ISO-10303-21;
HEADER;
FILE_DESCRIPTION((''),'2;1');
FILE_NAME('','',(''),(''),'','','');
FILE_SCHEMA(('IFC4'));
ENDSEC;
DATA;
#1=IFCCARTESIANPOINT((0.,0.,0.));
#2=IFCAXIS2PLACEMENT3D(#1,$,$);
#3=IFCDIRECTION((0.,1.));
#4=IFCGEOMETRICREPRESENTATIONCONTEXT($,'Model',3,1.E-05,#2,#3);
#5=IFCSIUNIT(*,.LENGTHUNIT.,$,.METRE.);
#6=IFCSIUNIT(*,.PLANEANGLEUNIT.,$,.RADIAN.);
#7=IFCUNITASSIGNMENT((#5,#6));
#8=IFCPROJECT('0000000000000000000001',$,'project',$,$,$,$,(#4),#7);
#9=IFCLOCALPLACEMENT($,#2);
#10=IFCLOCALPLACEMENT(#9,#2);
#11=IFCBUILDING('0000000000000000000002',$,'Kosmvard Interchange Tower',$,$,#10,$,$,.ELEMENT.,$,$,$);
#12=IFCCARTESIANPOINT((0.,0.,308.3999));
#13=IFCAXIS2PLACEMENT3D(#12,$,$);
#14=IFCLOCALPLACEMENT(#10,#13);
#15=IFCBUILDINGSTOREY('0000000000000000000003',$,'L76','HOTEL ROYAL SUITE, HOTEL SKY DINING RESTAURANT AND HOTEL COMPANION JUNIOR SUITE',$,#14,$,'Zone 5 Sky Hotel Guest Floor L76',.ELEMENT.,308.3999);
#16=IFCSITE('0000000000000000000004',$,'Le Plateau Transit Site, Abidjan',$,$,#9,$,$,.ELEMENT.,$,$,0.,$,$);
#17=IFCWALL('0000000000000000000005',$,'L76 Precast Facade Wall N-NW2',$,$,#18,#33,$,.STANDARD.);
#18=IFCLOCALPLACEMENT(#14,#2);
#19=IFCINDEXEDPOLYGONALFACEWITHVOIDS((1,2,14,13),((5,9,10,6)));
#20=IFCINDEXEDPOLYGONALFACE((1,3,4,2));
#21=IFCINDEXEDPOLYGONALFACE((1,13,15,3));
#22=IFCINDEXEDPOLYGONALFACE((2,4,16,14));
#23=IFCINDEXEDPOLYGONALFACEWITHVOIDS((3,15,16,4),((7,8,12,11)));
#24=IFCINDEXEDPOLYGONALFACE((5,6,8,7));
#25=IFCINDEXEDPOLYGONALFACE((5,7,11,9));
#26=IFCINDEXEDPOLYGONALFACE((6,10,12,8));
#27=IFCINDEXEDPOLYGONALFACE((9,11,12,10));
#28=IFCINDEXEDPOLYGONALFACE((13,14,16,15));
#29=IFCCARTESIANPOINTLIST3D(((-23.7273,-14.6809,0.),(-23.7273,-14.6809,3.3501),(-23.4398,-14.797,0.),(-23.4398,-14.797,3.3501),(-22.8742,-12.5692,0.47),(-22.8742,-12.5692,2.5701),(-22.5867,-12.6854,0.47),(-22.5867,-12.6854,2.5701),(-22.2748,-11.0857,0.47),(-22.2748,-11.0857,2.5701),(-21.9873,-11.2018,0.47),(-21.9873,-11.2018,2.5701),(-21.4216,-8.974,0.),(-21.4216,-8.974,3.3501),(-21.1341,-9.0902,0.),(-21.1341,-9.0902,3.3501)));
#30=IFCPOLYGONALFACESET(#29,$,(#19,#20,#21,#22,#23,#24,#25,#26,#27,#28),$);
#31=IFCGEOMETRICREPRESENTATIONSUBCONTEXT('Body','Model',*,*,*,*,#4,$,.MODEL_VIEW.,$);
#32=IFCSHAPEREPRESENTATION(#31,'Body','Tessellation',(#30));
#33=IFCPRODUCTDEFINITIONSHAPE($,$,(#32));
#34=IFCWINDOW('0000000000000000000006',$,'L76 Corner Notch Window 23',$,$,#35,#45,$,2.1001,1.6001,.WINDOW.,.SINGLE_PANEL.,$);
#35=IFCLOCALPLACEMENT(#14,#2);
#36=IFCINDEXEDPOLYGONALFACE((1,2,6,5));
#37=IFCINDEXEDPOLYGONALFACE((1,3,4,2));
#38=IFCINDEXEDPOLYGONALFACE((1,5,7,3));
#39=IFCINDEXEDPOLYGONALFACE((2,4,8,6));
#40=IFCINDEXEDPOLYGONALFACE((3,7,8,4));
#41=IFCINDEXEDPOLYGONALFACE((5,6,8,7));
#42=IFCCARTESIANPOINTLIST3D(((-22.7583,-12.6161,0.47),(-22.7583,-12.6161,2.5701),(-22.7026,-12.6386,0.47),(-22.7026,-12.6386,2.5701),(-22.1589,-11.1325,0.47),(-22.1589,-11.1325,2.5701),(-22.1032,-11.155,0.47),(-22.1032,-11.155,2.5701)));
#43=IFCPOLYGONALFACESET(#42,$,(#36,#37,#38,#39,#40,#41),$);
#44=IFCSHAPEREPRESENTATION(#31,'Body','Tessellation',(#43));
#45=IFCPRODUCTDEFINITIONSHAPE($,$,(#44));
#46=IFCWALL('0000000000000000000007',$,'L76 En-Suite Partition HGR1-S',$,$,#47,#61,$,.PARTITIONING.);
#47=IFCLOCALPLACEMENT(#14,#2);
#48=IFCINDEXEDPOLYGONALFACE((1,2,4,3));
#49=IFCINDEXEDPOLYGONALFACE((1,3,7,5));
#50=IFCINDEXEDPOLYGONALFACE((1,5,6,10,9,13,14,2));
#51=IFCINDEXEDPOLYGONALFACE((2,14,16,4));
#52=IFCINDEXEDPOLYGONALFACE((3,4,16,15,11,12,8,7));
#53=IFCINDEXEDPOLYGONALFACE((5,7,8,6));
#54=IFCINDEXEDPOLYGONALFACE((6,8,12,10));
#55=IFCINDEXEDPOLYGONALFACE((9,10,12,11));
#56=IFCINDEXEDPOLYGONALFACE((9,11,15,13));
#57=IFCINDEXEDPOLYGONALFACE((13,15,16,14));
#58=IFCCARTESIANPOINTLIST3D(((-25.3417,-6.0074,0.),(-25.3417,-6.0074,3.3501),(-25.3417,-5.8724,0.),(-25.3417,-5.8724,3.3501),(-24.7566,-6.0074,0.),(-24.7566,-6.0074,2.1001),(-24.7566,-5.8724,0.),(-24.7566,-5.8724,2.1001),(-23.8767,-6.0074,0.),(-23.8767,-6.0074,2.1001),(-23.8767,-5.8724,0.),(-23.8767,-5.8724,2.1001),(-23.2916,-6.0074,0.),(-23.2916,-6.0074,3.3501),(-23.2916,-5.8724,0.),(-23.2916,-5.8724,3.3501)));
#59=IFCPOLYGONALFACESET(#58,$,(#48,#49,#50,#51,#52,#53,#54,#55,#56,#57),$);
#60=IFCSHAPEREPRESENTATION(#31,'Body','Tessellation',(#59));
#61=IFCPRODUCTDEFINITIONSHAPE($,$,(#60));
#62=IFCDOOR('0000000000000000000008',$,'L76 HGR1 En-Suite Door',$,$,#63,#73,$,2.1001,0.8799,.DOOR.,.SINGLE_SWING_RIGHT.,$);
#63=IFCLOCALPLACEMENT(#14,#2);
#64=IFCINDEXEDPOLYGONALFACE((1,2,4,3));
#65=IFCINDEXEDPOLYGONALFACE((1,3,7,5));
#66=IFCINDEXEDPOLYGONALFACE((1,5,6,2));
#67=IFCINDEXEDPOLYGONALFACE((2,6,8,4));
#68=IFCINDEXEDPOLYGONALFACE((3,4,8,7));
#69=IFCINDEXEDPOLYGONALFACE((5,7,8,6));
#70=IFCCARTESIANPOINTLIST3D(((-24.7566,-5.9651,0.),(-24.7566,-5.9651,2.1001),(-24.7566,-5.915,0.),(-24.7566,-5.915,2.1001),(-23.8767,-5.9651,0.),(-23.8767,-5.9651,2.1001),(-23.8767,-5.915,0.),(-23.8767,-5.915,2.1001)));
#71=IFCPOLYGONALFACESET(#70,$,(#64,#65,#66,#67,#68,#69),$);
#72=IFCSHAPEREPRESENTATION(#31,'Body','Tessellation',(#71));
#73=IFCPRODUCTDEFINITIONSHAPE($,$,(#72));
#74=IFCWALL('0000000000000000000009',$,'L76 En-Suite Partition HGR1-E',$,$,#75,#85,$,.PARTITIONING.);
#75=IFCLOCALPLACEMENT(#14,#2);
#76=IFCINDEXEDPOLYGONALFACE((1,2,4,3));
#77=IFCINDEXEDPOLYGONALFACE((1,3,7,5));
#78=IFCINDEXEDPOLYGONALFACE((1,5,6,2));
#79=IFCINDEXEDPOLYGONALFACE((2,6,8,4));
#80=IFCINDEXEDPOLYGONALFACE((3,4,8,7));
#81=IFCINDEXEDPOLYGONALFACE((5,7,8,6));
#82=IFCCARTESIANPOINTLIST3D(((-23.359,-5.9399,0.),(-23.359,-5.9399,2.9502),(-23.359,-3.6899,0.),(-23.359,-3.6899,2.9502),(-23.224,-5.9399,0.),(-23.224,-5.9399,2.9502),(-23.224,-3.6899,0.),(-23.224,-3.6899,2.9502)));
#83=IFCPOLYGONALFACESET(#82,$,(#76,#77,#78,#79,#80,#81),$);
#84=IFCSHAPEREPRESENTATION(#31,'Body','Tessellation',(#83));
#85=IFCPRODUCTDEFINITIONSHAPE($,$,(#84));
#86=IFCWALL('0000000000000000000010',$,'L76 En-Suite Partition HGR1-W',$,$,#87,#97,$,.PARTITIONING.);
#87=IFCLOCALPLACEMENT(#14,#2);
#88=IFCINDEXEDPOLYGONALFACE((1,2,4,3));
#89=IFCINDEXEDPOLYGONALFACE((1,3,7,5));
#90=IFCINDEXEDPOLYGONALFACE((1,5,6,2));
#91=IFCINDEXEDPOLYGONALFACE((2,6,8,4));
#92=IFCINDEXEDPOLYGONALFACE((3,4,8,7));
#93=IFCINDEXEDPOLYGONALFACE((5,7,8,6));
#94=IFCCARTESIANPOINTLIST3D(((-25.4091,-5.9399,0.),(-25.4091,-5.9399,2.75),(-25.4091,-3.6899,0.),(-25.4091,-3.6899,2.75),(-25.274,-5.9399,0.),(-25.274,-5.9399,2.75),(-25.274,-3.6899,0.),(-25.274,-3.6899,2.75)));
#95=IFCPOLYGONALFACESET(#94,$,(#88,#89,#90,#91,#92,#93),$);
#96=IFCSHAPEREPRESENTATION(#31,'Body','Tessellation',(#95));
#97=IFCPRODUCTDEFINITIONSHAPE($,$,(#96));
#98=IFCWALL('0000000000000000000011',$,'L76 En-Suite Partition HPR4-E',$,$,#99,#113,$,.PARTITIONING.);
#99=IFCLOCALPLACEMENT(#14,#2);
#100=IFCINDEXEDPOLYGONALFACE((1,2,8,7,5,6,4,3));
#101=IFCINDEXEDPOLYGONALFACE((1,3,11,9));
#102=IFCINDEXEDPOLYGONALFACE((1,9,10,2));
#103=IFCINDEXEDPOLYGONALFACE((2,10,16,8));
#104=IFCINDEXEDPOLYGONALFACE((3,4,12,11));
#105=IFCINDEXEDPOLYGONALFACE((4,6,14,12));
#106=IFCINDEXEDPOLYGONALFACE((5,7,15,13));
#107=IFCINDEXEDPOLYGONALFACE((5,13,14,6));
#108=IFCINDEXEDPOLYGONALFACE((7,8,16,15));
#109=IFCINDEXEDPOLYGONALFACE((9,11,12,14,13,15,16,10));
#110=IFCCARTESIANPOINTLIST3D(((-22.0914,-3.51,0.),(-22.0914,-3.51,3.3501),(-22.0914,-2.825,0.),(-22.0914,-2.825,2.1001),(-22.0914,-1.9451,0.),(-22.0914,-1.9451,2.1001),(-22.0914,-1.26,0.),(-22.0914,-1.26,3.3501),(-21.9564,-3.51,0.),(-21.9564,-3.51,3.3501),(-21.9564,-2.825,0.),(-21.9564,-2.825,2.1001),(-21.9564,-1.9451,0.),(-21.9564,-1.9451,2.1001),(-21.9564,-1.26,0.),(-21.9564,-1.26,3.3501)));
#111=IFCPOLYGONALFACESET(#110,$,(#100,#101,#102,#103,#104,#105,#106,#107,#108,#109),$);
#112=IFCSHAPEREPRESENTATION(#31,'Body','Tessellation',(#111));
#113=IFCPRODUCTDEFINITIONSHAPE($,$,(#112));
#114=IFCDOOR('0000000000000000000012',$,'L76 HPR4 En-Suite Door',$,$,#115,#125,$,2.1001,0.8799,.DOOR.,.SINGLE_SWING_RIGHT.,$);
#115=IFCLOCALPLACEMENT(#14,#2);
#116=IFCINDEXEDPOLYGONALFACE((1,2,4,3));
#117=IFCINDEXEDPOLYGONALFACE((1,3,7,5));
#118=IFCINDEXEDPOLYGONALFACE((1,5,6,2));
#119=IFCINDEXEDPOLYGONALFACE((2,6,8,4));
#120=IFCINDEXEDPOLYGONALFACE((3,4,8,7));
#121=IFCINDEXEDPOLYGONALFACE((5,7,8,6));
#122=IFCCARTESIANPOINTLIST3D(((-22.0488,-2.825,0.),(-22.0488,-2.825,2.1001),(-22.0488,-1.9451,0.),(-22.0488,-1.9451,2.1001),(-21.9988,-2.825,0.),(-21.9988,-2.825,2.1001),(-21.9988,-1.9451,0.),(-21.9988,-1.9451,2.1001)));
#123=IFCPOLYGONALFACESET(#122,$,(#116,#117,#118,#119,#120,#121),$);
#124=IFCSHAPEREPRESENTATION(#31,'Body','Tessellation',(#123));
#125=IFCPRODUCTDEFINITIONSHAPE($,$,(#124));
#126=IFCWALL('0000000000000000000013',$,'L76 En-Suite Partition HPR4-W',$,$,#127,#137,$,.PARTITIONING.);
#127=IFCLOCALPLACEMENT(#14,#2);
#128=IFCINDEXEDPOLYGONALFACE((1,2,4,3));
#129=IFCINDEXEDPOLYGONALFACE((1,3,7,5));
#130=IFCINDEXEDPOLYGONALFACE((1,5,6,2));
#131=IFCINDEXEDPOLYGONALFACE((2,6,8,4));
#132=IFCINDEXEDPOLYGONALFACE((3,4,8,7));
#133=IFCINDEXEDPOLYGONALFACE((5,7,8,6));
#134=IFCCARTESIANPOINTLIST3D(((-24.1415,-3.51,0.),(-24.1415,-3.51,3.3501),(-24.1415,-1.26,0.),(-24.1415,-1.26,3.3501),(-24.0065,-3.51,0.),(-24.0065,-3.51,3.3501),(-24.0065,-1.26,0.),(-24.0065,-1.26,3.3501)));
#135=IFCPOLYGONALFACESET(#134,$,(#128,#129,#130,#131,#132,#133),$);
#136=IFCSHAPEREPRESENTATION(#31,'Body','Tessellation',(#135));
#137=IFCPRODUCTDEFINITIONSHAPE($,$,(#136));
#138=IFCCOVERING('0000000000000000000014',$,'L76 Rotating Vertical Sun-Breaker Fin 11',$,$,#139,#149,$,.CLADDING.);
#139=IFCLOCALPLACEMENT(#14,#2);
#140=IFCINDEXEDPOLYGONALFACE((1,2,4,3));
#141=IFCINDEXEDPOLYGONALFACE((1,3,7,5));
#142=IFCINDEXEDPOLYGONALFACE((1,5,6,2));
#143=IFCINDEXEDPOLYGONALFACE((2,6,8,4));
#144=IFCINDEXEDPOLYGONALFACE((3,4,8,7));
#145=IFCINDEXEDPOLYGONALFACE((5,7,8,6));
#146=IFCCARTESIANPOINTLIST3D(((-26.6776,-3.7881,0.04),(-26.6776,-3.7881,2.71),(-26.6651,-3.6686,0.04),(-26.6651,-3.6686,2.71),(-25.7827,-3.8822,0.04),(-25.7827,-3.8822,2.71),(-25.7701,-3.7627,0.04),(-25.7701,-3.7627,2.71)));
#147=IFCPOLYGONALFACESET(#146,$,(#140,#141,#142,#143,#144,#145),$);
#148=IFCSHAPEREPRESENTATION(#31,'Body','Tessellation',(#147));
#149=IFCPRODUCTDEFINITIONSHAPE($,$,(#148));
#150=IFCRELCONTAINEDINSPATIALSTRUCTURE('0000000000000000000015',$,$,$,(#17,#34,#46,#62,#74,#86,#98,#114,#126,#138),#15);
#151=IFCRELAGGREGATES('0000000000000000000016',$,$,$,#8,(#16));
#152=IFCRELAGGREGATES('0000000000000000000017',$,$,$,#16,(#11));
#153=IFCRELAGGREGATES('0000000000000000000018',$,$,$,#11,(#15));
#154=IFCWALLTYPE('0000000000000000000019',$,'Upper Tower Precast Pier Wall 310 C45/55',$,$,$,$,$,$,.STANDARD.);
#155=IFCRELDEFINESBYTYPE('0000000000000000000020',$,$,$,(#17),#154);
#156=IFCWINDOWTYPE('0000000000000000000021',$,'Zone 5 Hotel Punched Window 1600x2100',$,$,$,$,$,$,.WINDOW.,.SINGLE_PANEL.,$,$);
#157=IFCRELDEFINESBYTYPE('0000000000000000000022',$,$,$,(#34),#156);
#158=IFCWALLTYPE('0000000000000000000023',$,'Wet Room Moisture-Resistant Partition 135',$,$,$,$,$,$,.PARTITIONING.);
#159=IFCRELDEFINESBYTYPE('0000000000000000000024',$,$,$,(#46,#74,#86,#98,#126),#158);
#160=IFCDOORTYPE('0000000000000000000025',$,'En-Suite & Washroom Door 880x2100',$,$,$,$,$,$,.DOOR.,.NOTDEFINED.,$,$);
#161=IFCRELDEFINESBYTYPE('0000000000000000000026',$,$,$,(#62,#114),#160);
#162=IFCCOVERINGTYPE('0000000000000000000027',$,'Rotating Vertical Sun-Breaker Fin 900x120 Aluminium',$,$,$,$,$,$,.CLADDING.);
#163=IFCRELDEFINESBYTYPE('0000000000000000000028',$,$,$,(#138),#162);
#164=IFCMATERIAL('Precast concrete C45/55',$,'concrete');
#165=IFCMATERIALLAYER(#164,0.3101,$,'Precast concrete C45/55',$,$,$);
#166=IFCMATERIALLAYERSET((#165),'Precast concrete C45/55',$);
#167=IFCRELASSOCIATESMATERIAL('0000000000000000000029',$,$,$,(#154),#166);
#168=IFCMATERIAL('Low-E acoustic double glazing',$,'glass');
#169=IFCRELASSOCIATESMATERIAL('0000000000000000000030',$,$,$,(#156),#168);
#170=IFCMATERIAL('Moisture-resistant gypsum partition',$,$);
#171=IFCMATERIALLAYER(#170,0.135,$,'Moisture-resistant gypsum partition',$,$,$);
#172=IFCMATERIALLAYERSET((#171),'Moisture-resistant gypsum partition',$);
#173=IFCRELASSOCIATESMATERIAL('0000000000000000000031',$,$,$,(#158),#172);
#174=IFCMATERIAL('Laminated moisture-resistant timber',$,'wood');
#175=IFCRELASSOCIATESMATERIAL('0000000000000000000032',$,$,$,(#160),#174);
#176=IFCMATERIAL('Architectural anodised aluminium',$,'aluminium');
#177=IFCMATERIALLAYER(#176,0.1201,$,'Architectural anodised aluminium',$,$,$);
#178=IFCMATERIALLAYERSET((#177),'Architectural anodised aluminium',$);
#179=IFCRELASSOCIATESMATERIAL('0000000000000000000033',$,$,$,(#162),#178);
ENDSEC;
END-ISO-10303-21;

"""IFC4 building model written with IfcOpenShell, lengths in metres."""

from ifc_helpers import new_model, si_unit, direction, frame, frame_2d, origin, origin_2d, place, context, subcontext, project, spatial, rectangle, extrude, source, transform, mapped, material, layer, layer_set, type_object, element, fill, save


model = new_model("IFC4")

# Units and contexts
model_context = context("Model", 3, precision=1e-05, world=origin(), true_north=direction((0.0, 1.0)))
body_context = subcontext(model_context, "Body", "Model", "MODEL_VIEW")
ifc_project = project(units=[si_unit("LENGTHUNIT", "METRE"), si_unit("PLANEANGLEUNIT", "RADIAN")], contexts=[model_context])

# Site, building, storey
site_placement = place(None, origin())
site = spatial("IfcSite", under=ifc_project, at=site_placement, Name="Le Plateau Transit Site, Abidjan", CompositionType="ELEMENT", RefElevation=0.0)
building_placement = place(site_placement, origin())
building = spatial("IfcBuilding", under=site, at=building_placement, Name="Kosmvard Interchange Tower", CompositionType="ELEMENT")
storey_placement = place(building_placement, frame((0.0, 0.0, 308.3999)))
storey = spatial("IfcBuildingStorey", under=building, at=storey_placement, Name="L76", Description="HOTEL ROYAL SUITE, HOTEL SKY DINING RESTAURANT AND HOTEL COMPANION JUNIOR SUITE", LongName="Zone 5 Sky Hotel Guest Floor L76", CompositionType="ELEMENT", Elevation=308.3999)

# Shared definitions
ifc_material_1 = material(Name="Precast concrete C45/55", Category="concrete")

# Shared definitions
ifc_layer_1 = layer(ifc_material_1, 0.3101, Name="Precast concrete C45/55")
ifc_layer_set_1 = layer_set([ifc_layer_1], Name="Precast concrete C45/55")
wall_type_1 = type_object("IfcWallType", Name="Upper Tower Precast Pier Wall 310 C45/55", PredefinedType="STANDARD", material=ifc_layer_set_1)

# Wall, opening, window
wall_1_placement = place(storey_placement, frame((-21.2778, -9.032, 0.0), z_axis=(0.0, 0.0, 1.0), x_axis=(-0.374603, -0.927185, 0.0)))
wall_1 = element("IfcWall", 1, at=wall_1_placement, inside=storey, type_object=wall_type_1, Name="L76 Precast Facade Wall N-NW2", PredefinedType="STANDARD", context=body_context, shape_type="SweptSolid", body=[
    extrude(rectangle(XDim=6.155, YDim=0.3101, at=frame_2d((3.0776, 0.0))), origin(), (0.0, 0.0, 1.0), 3.3501),
])
opening_1_placement = place(wall_1_placement, frame((2.2776, 0.0, 0.47)))
opening_1 = element("IfcOpeningElement", 2, at=opening_1_placement, cuts=wall_1, PredefinedType="OPENING", context=body_context, shape_type="SweptSolid", body=[
    extrude(rectangle(XDim=1.6001, YDim=2.1001, at=frame_2d((0.8, 1.05))), frame((0.0, 0.165, 0.0), z_axis=(0.0, -1.0, 0.0), x_axis=(1.0, 0.0, 0.0)), (0.0, 0.0, 1.0), 0.3301),
])
ifc_material_2 = material(Name="Low-E acoustic double glazing", Category="glass")
window_type = type_object("IfcWindowType", Name="Zone 5 Hotel Punched Window 1600x2100", PartitioningType="SINGLE_PANEL", PredefinedType="WINDOW", material=ifc_material_2)
shared_shape_1 = source(origin(), body_context, "Body", "SweptSolid", [
    extrude(rectangle(XDim=1.6001, YDim=2.1001, at=frame_2d((0.8, 1.05))), frame((0.0, 0.03, 0.0), z_axis=(0.0, -1.0, 0.0), x_axis=(1.0, 0.0, 0.0)), (0.0, 0.0, 1.0), 0.0601),
])
window_placement = place(opening_1_placement, origin())
window = element("IfcWindow", 3, at=window_placement, inside=storey, type_object=window_type, Name="L76 Corner Notch Window 23", OverallHeight=2.1001, OverallWidth=1.6001, PartitioningType="SINGLE_PANEL", PredefinedType="WINDOW", context=body_context, shape_type="MappedRepresentation", body=[
    mapped(shared_shape_1, transform((0.0, 0.0, 0.0), scale=1.0)),
])
fill(opening_1, window)

# Wall, opening, door
ifc_material_3 = material(Name="Moisture-resistant gypsum partition")
ifc_layer_2 = layer(ifc_material_3, 0.135, Name="Moisture-resistant gypsum partition")
ifc_layer_set_2 = layer_set([ifc_layer_2], Name="Moisture-resistant gypsum partition")
wall_type_2 = type_object("IfcWallType", Name="Wet Room Moisture-Resistant Partition 135", PredefinedType="PARTITIONING", material=ifc_layer_set_2)
wall_2_placement = place(storey_placement, frame((-25.3416, -5.9399, 0.0), z_axis=(0.0, 0.0, 1.0), x_axis=(1.0, 0.0, 0.0)))
wall_2 = element("IfcWall", 4, at=wall_2_placement, inside=storey, type_object=wall_type_2, Name="L76 En-Suite Partition HGR1-S", PredefinedType="PARTITIONING", context=body_context, shape_type="SweptSolid", body=[
    extrude(rectangle(XDim=2.05, YDim=0.135, at=frame_2d((1.0249, 0.0))), origin(), (0.0, 0.0, 1.0), 3.3501),
])
opening_2_placement = place(wall_2_placement, frame((0.585, 0.0, 0.0)))
opening_2 = element("IfcOpeningElement", 5, at=opening_2_placement, cuts=wall_2, PredefinedType="OPENING", context=body_context, shape_type="SweptSolid", body=[
    extrude(rectangle(XDim=0.8799, YDim=2.1001, at=frame_2d((0.4399, 1.05))), frame((0.0, 0.0776, 0.0), z_axis=(0.0, -1.0, 0.0), x_axis=(1.0, 0.0, 0.0)), (0.0, 0.0, 1.0), 0.155),
])
ifc_material_4 = material(Name="Laminated moisture-resistant timber", Category="wood")
door_type = type_object("IfcDoorType", Name="En-Suite & Washroom Door 880x2100", OperationType="NOTDEFINED", PredefinedType="DOOR", material=ifc_material_4)
shared_shape_2 = source(origin(), body_context, "Body", "SweptSolid", [
    extrude(rectangle(XDim=0.8799, YDim=2.1001, at=frame_2d((0.4399, 1.05))), frame((0.0, 0.0249, 0.0), z_axis=(0.0, -1.0, 0.0), x_axis=(1.0, 0.0, 0.0)), (0.0, 0.0, 1.0), 0.05),
])
door_1_placement = place(opening_2_placement, origin())
door_1 = element("IfcDoor", 6, at=door_1_placement, inside=storey, type_object=door_type, Name="L76 HGR1 En-Suite Door", OperationType="SINGLE_SWING_RIGHT", OverallHeight=2.1001, OverallWidth=0.8799, PredefinedType="DOOR", context=body_context, shape_type="MappedRepresentation", body=[
    mapped(shared_shape_2, transform((0.0, 0.0, 0.0), scale=1.0)),
])
fill(opening_2, door_1)

# Walls
wall_3_placement = place(storey_placement, frame((-23.2915, -5.9399, 0.0), z_axis=(0.0, 0.0, 1.0), x_axis=(0.0, 1.0, 0.0)))
element("IfcWall", 7, at=wall_3_placement, inside=storey, type_object=wall_type_2, Name="L76 En-Suite Partition HGR1-E", PredefinedType="PARTITIONING", context=body_context, shape_type="SweptSolid", body=[
    extrude(rectangle(XDim=2.25, YDim=0.135, at=frame_2d((1.125, 0.0))), origin(), (0.0, 0.0, 1.0), 2.9502),
])
wall_4_placement = place(storey_placement, frame((-25.3416, -5.9399, 0.0), z_axis=(0.0, 0.0, 1.0), x_axis=(0.0, 1.0, 0.0)))
element("IfcWall", 8, at=wall_4_placement, inside=storey, type_object=wall_type_2, Name="L76 En-Suite Partition HGR1-W", PredefinedType="PARTITIONING", context=body_context, shape_type="SweptSolid", body=[
    extrude(rectangle(XDim=2.25, YDim=0.135, at=frame_2d((1.125, 0.0))), origin(), (0.0, 0.0, 1.0), 2.75),
])

# Wall, opening, door
wall_5_placement = place(storey_placement, frame((-22.0239, -3.51, 0.0), z_axis=(0.0, 0.0, 1.0), x_axis=(0.0, 1.0, 0.0)))
wall_5 = element("IfcWall", 9, at=wall_5_placement, inside=storey, type_object=wall_type_2, Name="L76 En-Suite Partition HPR4-E", PredefinedType="PARTITIONING", context=body_context, shape_type="SweptSolid", body=[
    extrude(rectangle(XDim=2.25, YDim=0.135, at=frame_2d((1.125, 0.0))), origin(), (0.0, 0.0, 1.0), 3.3501),
])
opening_3_placement = place(wall_5_placement, frame((0.6851, 0.0, 0.0)))
opening_3 = element("IfcOpeningElement", 10, at=opening_3_placement, cuts=wall_5, PredefinedType="OPENING", context=body_context, shape_type="SweptSolid", body=[
    extrude(rectangle(XDim=0.8799, YDim=2.1001, at=frame_2d((0.4399, 1.05))), frame((0.0, 0.0776, 0.0), z_axis=(0.0, -1.0, 0.0), x_axis=(1.0, 0.0, 0.0)), (0.0, 0.0, 1.0), 0.155),
])
door_2_placement = place(opening_3_placement, origin())
door_2 = element("IfcDoor", 11, at=door_2_placement, inside=storey, type_object=door_type, Name="L76 HPR4 En-Suite Door", OperationType="SINGLE_SWING_RIGHT", OverallHeight=2.1001, OverallWidth=0.8799, PredefinedType="DOOR", context=body_context, shape_type="MappedRepresentation", body=[
    mapped(shared_shape_2, transform((0.0, 0.0, 0.0), scale=1.0)),
])
fill(opening_3, door_2)

# Wall
wall_6_placement = place(storey_placement, frame((-24.074, -3.51, 0.0), z_axis=(0.0, 0.0, 1.0), x_axis=(0.0, 1.0, 0.0)))
element("IfcWall", 12, at=wall_6_placement, inside=storey, type_object=wall_type_2, Name="L76 En-Suite Partition HPR4-W", PredefinedType="PARTITIONING", context=body_context, shape_type="SweptSolid", body=[
    extrude(rectangle(XDim=2.25, YDim=0.135, at=frame_2d((1.125, 0.0))), origin(), (0.0, 0.0, 1.0), 3.3501),
])

# Covering
ifc_material_5 = material(Name="Architectural anodised aluminium", Category="aluminium")
ifc_layer_3 = layer(ifc_material_5, 0.1201, Name="Architectural anodised aluminium")
ifc_layer_set_3 = layer_set([ifc_layer_3], Name="Architectural anodised aluminium")
covering_type = type_object("IfcCoveringType", Name="Rotating Vertical Sun-Breaker Fin 900x120 Aluminium", PredefinedType="CLADDING", material=ifc_layer_set_3)
shared_shape_3 = source(origin(), body_context, "Body", "SweptSolid", [
    extrude(rectangle(XDim=0.8999, YDim=0.1201, at=origin_2d()), origin(), (0.0, 0.0, 1.0), 2.6699),
])
covering_placement = place(storey_placement, frame((-26.2239, -3.7754, 0.04), z_axis=(0.0, 0.0, 1.0), x_axis=(-0.994522, 0.104528, 0.0)))
element("IfcCovering", 13, at=covering_placement, inside=storey, type_object=covering_type, Name="L76 Rotating Vertical Sun-Breaker Fin 11", PredefinedType="CLADDING", context=body_context, shape_type="MappedRepresentation", body=[
    mapped(shared_shape_3, transform((0.0, 0.0, 0.0), scale=1.0)),
])

save(model, "model.ifc")
